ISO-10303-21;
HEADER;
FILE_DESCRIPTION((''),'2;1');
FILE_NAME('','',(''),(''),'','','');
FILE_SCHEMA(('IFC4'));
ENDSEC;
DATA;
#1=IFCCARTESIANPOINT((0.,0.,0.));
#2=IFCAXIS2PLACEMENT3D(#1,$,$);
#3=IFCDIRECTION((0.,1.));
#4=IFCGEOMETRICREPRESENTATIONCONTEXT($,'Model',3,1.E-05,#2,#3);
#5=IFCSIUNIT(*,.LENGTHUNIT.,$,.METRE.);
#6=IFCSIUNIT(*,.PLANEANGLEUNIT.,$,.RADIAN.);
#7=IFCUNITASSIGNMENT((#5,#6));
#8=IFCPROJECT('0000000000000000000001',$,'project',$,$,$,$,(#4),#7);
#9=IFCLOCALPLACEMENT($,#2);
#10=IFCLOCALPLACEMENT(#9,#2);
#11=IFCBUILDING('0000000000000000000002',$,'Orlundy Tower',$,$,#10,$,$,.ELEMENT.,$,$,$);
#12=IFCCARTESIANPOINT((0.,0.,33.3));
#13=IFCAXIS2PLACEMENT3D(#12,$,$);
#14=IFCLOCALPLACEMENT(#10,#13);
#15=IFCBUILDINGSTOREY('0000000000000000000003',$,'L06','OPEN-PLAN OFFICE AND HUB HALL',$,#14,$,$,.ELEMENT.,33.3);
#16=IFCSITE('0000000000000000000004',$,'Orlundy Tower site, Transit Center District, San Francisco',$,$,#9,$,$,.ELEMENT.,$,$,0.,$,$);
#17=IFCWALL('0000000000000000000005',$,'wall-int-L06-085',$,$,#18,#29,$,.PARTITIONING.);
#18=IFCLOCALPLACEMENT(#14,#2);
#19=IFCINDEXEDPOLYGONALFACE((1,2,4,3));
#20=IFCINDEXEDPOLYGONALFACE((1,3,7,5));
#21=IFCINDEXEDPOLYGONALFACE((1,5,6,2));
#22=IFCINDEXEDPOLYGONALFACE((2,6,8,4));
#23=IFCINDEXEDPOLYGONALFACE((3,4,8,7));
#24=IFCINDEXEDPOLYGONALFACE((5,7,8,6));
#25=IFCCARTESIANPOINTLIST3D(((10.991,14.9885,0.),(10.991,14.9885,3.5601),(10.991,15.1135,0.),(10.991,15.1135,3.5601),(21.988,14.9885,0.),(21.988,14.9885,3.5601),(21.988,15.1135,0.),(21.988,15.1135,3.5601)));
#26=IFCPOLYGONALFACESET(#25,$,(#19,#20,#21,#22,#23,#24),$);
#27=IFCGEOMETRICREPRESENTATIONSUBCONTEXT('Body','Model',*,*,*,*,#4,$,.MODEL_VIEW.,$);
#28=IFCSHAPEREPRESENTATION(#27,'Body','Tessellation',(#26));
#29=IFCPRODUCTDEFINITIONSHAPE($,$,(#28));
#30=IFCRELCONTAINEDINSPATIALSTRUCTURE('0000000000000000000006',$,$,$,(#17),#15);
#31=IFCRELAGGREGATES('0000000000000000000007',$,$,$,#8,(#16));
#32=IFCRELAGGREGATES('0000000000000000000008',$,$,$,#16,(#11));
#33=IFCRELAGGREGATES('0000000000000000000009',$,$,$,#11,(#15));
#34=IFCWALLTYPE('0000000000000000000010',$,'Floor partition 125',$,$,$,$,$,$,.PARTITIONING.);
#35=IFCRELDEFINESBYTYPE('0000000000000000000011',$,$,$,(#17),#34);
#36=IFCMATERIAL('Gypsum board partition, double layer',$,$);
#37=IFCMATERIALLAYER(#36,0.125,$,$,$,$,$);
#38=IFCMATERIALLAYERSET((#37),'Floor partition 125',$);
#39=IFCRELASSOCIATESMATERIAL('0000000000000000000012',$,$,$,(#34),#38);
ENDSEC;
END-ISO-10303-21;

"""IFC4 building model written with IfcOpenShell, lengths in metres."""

from ifc_helpers import new_model, si_unit, direction, frame, frame_2d, origin, place, context, subcontext, project, spatial, rectangle, extrude, material, layer, layer_set, type_object, element, save


model = new_model("IFC4")

# Units and contexts
model_context = context("Model", 3, precision=1e-05, world=origin(), true_north=direction((0.0, 1.0)))
body_context = subcontext(model_context, "Body", "Model", "MODEL_VIEW")
ifc_project = project(units=[si_unit("LENGTHUNIT", "METRE"), si_unit("PLANEANGLEUNIT", "RADIAN")], contexts=[model_context])

# Site, building, storey
site_placement = place(None, origin())
site = spatial("IfcSite", under=ifc_project, at=site_placement, Name="Orlundy Tower site, Transit Center District, San Francisco", CompositionType="ELEMENT", RefElevation=0.0)
building_placement = place(site_placement, origin())
building = spatial("IfcBuilding", under=site, at=building_placement, Name="Orlundy Tower", CompositionType="ELEMENT")
storey_placement = place(building_placement, frame((0.0, 0.0, 33.3)))
storey = spatial("IfcBuildingStorey", under=building, at=storey_placement, Name="L06", Description="OPEN-PLAN OFFICE AND HUB HALL", CompositionType="ELEMENT", Elevation=33.3)

# Wall
ifc_material_1 = material(Name="Gypsum board partition, double layer")
ifc_layer_1 = layer(ifc_material_1, 0.125)
ifc_layer_set_1 = layer_set([ifc_layer_1], Name="Floor partition 125")
wall_type_1 = type_object("IfcWallType", Name="Floor partition 125", PredefinedType="PARTITIONING", material=ifc_layer_set_1)
wall_1_placement = place(storey_placement, frame((10.991, 15.051, 0.0), z_axis=(0.0, 0.0, 1.0), x_axis=(1.0, 0.0, 0.0)))
element("IfcWall", 1, at=wall_1_placement, inside=storey, type_object=wall_type_1, Name="wall-int-L06-085", PredefinedType="PARTITIONING", context=body_context, shape_type="SweptSolid", body=[
    extrude(rectangle(XDim=10.9971, YDim=0.125, at=frame_2d((5.4985, 0.0))), origin(), (0.0, 0.0, 1.0), 3.5601),
])

save(model, "model.ifc")
